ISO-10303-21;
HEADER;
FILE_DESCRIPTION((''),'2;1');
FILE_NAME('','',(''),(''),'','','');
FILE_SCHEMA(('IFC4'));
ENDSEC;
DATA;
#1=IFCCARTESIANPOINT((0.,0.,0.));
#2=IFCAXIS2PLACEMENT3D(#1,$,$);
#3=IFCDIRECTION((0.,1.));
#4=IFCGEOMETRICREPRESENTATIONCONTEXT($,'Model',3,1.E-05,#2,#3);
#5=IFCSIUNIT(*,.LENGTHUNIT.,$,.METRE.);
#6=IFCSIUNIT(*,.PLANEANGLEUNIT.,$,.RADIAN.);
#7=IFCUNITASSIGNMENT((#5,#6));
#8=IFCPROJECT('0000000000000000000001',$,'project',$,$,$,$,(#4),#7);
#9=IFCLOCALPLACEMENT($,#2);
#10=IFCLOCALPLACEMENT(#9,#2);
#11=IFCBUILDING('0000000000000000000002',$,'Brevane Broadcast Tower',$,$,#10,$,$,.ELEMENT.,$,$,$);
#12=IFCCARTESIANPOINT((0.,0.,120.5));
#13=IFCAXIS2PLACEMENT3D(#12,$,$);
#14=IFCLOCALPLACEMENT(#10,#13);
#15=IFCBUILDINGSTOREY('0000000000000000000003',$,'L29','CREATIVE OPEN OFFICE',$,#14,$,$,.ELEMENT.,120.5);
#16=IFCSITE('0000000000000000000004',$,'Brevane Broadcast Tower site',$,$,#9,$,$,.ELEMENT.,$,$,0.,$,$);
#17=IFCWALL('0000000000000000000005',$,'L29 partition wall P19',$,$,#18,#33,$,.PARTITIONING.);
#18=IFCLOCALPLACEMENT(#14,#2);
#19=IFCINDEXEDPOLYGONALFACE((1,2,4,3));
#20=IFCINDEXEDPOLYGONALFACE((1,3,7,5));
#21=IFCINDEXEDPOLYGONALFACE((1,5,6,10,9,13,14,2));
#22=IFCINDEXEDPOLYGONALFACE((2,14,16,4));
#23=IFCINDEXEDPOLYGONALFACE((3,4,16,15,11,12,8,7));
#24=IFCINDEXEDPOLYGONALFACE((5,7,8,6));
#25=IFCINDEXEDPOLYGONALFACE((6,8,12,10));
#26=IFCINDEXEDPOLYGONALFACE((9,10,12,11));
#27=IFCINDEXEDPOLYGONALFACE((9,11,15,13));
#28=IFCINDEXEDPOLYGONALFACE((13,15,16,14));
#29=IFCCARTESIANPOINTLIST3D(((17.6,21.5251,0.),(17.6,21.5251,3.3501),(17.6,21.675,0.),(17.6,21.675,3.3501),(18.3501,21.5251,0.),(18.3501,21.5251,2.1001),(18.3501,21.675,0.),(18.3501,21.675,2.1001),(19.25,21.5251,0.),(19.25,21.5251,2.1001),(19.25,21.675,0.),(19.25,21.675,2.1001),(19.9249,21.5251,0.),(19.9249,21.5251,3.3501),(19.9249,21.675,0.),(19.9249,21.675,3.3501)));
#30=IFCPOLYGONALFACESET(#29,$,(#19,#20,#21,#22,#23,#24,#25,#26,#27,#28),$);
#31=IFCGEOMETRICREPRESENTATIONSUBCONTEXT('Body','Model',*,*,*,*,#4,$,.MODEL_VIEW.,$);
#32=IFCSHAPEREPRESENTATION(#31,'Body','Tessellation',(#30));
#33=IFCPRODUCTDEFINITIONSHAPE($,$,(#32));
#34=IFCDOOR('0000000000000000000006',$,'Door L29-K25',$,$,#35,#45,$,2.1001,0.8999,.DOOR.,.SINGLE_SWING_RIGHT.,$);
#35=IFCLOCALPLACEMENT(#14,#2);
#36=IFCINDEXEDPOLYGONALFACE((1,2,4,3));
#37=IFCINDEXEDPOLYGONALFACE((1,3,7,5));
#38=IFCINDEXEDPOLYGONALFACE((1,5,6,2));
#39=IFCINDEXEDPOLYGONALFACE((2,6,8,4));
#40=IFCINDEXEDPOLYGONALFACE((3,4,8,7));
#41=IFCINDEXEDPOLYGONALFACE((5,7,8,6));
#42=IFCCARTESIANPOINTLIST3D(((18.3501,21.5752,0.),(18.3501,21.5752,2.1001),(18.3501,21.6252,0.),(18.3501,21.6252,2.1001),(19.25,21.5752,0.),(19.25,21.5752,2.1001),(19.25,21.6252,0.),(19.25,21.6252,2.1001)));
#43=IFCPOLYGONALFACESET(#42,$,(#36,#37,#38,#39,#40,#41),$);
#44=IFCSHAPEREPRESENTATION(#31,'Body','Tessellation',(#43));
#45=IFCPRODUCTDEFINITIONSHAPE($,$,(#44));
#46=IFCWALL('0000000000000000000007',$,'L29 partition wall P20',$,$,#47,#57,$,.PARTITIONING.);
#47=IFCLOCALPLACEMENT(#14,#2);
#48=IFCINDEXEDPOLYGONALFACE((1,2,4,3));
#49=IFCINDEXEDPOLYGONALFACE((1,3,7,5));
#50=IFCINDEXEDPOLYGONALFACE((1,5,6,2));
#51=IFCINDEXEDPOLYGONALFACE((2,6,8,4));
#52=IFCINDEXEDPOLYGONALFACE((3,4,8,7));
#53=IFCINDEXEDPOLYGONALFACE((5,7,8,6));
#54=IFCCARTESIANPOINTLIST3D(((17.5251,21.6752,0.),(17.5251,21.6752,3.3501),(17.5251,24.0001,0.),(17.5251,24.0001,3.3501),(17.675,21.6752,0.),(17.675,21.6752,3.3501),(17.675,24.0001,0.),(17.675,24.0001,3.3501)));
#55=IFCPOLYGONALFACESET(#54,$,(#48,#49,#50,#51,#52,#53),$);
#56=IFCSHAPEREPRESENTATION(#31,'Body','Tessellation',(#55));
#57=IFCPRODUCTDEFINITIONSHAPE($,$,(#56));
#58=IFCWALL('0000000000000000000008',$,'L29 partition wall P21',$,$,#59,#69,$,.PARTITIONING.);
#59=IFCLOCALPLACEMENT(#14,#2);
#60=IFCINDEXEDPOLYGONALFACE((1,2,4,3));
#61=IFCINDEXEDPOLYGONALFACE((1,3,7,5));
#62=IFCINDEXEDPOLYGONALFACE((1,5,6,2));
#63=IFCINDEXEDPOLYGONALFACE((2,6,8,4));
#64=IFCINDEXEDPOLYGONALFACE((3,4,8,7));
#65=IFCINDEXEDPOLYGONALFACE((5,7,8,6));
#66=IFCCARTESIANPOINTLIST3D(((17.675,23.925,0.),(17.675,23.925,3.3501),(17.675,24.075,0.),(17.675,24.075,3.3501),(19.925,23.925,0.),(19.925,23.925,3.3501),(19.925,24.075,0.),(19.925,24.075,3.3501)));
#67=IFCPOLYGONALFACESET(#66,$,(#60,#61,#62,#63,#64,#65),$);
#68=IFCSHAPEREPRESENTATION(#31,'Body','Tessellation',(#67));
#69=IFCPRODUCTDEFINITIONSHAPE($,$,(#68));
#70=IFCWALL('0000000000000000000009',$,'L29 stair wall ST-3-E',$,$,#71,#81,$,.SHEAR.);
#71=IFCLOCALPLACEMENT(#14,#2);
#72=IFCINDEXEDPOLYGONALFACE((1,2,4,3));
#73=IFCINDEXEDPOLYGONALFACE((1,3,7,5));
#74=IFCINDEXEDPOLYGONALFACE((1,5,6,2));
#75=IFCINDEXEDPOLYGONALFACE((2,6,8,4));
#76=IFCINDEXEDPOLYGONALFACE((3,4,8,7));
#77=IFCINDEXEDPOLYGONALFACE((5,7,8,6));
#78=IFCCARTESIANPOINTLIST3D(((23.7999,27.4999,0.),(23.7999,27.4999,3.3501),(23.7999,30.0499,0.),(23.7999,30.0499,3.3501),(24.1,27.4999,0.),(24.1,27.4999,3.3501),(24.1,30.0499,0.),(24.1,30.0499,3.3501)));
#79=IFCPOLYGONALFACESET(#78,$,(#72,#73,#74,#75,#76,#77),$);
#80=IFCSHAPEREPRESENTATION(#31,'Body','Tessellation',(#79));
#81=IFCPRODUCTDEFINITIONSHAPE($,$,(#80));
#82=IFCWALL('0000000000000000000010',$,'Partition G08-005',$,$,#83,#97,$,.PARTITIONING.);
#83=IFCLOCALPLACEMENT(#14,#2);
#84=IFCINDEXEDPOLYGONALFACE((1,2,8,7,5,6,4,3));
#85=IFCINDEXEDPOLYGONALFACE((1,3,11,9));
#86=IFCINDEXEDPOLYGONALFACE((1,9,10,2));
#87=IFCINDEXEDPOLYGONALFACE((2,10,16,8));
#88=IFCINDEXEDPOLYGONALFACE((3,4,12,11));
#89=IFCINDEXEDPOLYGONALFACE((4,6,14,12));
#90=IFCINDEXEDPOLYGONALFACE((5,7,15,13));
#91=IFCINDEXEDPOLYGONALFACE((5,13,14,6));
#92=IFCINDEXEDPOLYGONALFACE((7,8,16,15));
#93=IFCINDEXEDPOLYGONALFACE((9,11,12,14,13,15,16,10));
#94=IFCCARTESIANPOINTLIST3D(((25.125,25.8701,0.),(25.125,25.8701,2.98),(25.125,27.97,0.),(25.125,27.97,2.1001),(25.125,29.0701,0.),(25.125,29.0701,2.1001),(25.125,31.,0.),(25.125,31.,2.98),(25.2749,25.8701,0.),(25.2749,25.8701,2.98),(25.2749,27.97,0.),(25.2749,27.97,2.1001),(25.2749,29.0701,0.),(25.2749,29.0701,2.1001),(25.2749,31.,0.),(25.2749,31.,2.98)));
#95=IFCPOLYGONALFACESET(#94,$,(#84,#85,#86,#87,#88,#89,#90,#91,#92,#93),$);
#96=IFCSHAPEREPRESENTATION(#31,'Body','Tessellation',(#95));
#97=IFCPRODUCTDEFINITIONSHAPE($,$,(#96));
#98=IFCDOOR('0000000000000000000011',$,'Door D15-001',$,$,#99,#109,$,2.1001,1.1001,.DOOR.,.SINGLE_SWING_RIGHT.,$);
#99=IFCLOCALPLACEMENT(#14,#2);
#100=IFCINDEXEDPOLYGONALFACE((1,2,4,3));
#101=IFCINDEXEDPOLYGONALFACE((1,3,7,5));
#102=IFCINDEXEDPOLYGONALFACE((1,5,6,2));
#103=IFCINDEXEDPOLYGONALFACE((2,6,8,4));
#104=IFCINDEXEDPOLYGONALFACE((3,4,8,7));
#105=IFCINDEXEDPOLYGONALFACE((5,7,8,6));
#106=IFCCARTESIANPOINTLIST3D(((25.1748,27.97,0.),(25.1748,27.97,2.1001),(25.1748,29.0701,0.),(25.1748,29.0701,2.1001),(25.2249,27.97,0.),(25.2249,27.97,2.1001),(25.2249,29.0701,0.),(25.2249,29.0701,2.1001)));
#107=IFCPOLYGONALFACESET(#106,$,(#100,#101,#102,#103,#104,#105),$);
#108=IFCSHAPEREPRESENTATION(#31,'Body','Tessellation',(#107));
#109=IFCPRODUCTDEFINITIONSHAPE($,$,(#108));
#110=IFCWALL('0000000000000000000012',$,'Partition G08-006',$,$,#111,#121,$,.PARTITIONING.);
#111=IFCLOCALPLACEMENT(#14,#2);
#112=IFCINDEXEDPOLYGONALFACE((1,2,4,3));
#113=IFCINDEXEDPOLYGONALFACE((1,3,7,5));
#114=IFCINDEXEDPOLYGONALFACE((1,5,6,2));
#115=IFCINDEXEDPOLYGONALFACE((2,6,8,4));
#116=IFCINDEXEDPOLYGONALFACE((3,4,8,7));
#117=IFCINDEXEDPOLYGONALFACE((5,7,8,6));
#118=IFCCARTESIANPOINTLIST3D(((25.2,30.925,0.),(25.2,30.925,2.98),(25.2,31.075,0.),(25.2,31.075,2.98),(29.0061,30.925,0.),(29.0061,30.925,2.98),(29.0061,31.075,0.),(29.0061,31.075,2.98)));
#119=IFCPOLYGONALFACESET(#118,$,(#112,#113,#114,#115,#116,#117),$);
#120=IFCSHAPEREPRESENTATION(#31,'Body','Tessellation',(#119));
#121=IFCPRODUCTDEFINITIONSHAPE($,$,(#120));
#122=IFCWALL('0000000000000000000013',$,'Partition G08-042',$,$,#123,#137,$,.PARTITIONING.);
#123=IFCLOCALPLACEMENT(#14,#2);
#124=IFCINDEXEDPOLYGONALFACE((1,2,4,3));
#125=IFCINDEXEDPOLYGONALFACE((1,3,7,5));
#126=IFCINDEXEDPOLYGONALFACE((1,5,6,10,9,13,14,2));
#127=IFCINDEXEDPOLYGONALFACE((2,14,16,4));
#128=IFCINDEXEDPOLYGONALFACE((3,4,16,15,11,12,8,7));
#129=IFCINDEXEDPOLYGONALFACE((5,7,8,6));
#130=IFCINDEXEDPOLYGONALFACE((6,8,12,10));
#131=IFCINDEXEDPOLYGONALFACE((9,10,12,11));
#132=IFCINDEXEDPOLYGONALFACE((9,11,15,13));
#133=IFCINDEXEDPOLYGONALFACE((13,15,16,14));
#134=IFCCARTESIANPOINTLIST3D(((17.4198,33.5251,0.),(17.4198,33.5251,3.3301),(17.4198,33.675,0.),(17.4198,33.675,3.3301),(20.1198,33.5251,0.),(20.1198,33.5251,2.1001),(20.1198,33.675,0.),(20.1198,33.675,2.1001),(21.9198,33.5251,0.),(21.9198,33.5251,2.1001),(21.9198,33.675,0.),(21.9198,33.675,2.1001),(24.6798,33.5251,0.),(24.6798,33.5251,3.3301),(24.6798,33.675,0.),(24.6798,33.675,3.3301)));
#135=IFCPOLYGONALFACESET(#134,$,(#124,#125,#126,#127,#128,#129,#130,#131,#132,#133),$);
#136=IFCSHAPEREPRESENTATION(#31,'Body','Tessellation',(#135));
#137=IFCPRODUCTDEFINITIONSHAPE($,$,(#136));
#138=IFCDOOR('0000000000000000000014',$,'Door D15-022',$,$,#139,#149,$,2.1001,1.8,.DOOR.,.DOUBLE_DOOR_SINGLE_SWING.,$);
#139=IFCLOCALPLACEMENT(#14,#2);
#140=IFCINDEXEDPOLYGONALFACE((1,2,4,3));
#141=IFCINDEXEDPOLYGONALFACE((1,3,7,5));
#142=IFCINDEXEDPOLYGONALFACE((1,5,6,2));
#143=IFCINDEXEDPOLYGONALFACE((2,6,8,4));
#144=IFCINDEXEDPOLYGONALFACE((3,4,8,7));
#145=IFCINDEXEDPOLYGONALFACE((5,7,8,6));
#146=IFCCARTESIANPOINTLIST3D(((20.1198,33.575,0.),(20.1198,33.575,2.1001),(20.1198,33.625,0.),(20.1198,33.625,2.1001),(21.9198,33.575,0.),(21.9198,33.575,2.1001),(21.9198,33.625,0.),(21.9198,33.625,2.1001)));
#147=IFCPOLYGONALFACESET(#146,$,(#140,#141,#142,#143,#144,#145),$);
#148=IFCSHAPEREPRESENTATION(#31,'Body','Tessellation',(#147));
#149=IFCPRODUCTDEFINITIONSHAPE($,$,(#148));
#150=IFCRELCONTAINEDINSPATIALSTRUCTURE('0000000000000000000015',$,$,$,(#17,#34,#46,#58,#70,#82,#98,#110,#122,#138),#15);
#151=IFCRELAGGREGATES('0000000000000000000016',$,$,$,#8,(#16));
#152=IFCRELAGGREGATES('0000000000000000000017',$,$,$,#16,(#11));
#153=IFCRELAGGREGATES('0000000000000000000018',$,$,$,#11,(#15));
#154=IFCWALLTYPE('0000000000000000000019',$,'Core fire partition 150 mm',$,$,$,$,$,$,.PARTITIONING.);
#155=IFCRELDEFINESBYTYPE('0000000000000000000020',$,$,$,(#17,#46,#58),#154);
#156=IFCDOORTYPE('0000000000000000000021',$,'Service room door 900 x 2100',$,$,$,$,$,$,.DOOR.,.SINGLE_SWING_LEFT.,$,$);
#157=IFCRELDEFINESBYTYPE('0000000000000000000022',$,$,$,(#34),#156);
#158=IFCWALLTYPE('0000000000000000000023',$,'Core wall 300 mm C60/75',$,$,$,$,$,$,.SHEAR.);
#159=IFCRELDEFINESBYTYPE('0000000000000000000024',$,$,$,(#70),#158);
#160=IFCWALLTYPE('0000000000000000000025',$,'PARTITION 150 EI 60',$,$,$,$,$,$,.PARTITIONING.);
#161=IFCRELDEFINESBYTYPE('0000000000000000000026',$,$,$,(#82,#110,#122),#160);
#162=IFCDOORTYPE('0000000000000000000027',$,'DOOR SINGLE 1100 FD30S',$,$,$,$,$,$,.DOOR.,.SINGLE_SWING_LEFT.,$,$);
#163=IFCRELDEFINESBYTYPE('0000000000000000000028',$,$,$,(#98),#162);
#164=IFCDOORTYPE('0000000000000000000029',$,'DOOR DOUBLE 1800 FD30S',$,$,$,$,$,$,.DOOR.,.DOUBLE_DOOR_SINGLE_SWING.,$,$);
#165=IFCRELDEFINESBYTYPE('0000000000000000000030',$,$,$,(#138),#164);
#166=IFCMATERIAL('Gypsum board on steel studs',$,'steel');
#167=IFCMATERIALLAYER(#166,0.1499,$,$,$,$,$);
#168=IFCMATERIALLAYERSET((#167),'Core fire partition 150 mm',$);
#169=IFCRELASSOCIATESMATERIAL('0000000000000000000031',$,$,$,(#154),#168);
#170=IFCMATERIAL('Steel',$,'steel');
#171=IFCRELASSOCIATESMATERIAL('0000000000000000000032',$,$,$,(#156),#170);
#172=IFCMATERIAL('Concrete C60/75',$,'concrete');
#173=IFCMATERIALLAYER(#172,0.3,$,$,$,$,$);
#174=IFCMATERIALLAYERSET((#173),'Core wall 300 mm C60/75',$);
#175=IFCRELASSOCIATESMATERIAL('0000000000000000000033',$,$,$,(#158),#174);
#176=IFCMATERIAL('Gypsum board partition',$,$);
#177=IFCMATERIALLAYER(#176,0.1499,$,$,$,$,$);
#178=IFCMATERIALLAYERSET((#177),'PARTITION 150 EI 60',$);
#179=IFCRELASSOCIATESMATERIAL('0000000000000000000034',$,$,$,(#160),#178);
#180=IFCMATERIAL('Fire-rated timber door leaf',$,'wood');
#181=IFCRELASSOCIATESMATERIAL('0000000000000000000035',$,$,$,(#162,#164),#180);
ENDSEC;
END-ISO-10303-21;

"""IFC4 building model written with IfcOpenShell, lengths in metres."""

from ifc_helpers import new_model, si_unit, direction, frame, frame_2d, origin, place, context, subcontext, project, spatial, polyline, rectangle, outline, extrude, material, layer, layer_set, type_object, element, fill, save


model = new_model("IFC4")

# Units and contexts
model_context = context("Model", 3, precision=1e-05, world=origin(), true_north=direction((0.0, 1.0)))
body_context = subcontext(model_context, "Body", "Model", "MODEL_VIEW")
ifc_project = project(units=[si_unit("LENGTHUNIT", "METRE"), si_unit("PLANEANGLEUNIT", "RADIAN")], contexts=[model_context])

# Site, building, storey
site_placement = place(None, origin())
site = spatial("IfcSite", under=ifc_project, at=site_placement, Name="Brevane Broadcast Tower site", CompositionType="ELEMENT", RefElevation=0.0)
building_placement = place(site_placement, origin())
building = spatial("IfcBuilding", under=site, at=building_placement, Name="Brevane Broadcast Tower", CompositionType="ELEMENT")
storey_placement = place(building_placement, frame((0.0, 0.0, 120.5)))
storey = spatial("IfcBuildingStorey", under=building, at=storey_placement, Name="L29", Description="CREATIVE OPEN OFFICE", CompositionType="ELEMENT", Elevation=120.5)

# Shared definitions
ifc_material_1 = material(Name="Concrete C60/75", Category="concrete")

# Shared definitions
ifc_material_2 = material(Name="Gypsum board on steel studs", Category="steel")
ifc_layer_1 = layer(ifc_material_2, 0.1499)
ifc_layer_set_1 = layer_set([ifc_layer_1], Name="Core fire partition 150 mm")
wall_type_1 = type_object("IfcWallType", Name="Core fire partition 150 mm", PredefinedType="PARTITIONING", material=ifc_layer_set_1)

# Wall, opening, door
wall_1_placement = place(storey_placement, frame((19.925, 21.6001, 0.0), z_axis=(0.0, 0.0, 1.0), x_axis=(-1.0, 0.0, 0.0)))
wall_1 = element("IfcWall", 1, at=wall_1_placement, inside=storey, type_object=wall_type_1, Name="L29 partition wall P19", PredefinedType="PARTITIONING", context=body_context, shape_type="SweptSolid", body=[
    extrude(rectangle(XDim=2.325, YDim=0.1499, at=frame_2d((1.1626, 0.0))), origin(), (0.0, 0.0, 1.0), 3.3501),
])
opening_1_placement = place(wall_1_placement, frame((0.675, 0.0, 0.0)))
opening_1 = element("IfcOpeningElement", 2, at=opening_1_placement, cuts=wall_1, PredefinedType="OPENING", context=body_context, shape_type="SweptSolid", body=[
    extrude(rectangle(XDim=0.8999, YDim=2.1001, at=frame_2d((0.45, 1.05))), frame((0.0, 0.085, 0.0), z_axis=(0.0, -1.0, 0.0), x_axis=(1.0, 0.0, 0.0)), (0.0, 0.0, 1.0), 0.1699),
])
ifc_material_3 = material(Name="Steel", Category="steel")
door_type_1 = type_object("IfcDoorType", Name="Service room door 900 x 2100", OperationType="SINGLE_SWING_LEFT", PredefinedType="DOOR", material=ifc_material_3)
door_1_placement = place(opening_1_placement, origin())
door_1 = element("IfcDoor", 3, at=door_1_placement, inside=storey, type_object=door_type_1, Name="Door L29-K25", OperationType="SINGLE_SWING_RIGHT", OverallHeight=2.1001, OverallWidth=0.8999, PredefinedType="DOOR", context=body_context, shape_type="SweptSolid", body=[
    extrude(rectangle(XDim=0.8999, YDim=2.1001, at=frame_2d((0.45, 1.05))), frame((0.0, 0.0249, 0.0), z_axis=(0.0, -1.0, 0.0), x_axis=(1.0, 0.0, 0.0)), (0.0, 0.0, 1.0), 0.05),
])
fill(opening_1, door_1)

# Walls
wall_2_placement = place(storey_placement, frame((17.6001, 21.675, 0.0), z_axis=(0.0, 0.0, 1.0), x_axis=(0.0, 1.0, 0.0)))
element("IfcWall", 4, at=wall_2_placement, inside=storey, type_object=wall_type_1, Name="L29 partition wall P20", PredefinedType="PARTITIONING", context=body_context, shape_type="SweptSolid", body=[
    extrude(rectangle(XDim=2.325, YDim=0.1499, at=frame_2d((1.1626, 0.0))), origin(), (0.0, 0.0, 1.0), 3.3501),
])
wall_3_placement = place(storey_placement, frame((17.675, 24.0, 0.0), z_axis=(0.0, 0.0, 1.0), x_axis=(1.0, 0.0, 0.0)))
element("IfcWall", 5, at=wall_3_placement, inside=storey, type_object=wall_type_1, Name="L29 partition wall P21", PredefinedType="PARTITIONING", context=body_context, shape_type="SweptSolid", body=[
    extrude(rectangle(XDim=2.25, YDim=0.1499, at=frame_2d((1.125, 0.0))), origin(), (0.0, 0.0, 1.0), 3.3501),
])
ifc_layer_2 = layer(ifc_material_1, 0.3)
ifc_layer_set_2 = layer_set([ifc_layer_2], Name="Core wall 300 mm C60/75")
wall_type_2 = type_object("IfcWallType", Name="Core wall 300 mm C60/75", PredefinedType="SHEAR", material=ifc_layer_set_2)
wall_4_placement = place(storey_placement, frame((23.95, 27.5, 0.0), z_axis=(0.0, 0.0, 1.0), x_axis=(0.0, 1.0, 0.0)))
element("IfcWall", 6, at=wall_4_placement, inside=storey, type_object=wall_type_2, Name="L29 stair wall ST-3-E", PredefinedType="SHEAR", context=body_context, shape_type="SweptSolid", body=[
    extrude(rectangle(XDim=2.55, YDim=0.3, at=frame_2d((1.2749, 0.0))), origin(), (0.0, 0.0, 1.0), 3.3501),
])

# Wall, opening, door
ifc_material_4 = material(Name="Gypsum board partition")
ifc_layer_3 = layer(ifc_material_4, 0.1499)
ifc_layer_set_3 = layer_set([ifc_layer_3], Name="PARTITION 150 EI 60")
wall_type_3 = type_object("IfcWallType", Name="PARTITION 150 EI 60", PredefinedType="PARTITIONING", material=ifc_layer_set_3)
wall_5_placement = place(storey_placement, frame((25.2, 31.0, 0.0), z_axis=(0.0, 0.0, 1.0), x_axis=(0.0, -1.0, 0.0)))
wall_5 = element("IfcWall", 7, at=wall_5_placement, inside=storey, type_object=wall_type_3, Name="Partition G08-005", PredefinedType="PARTITIONING", context=body_context, shape_type="SweptSolid", body=[
    extrude(outline(polyline([(0.0, 0.0), (5.1299, 0.0), (5.1299, 2.98), (0.0, 2.98), (0.0, 0.0)])), frame((0.0, 0.075, 0.0), z_axis=(0.0, -1.0, 0.0), x_axis=(1.0, 0.0, 0.0)), (0.0, 0.0, 1.0), 0.1499),
])
opening_2_placement = place(wall_5_placement, frame((1.9299, 0.0, 0.0)))
opening_2 = element("IfcOpeningElement", 8, at=opening_2_placement, cuts=wall_5, PredefinedType="OPENING", context=body_context, shape_type="SweptSolid", body=[
    extrude(rectangle(XDim=1.1001, YDim=2.1001, at=frame_2d((0.55, 1.05))), frame((0.0, 0.085, 0.0), z_axis=(0.0, -1.0, 0.0), x_axis=(1.0, 0.0, 0.0)), (0.0, 0.0, 1.0), 0.1699),
])
ifc_material_5 = material(Name="Fire-rated timber door leaf", Category="wood")
door_type_2 = type_object("IfcDoorType", Name="DOOR SINGLE 1100 FD30S", OperationType="SINGLE_SWING_LEFT", PredefinedType="DOOR", material=ifc_material_5)
door_2_placement = place(opening_2_placement, origin())
door_2 = element("IfcDoor", 9, at=door_2_placement, inside=storey, type_object=door_type_2, Name="Door D15-001", OperationType="SINGLE_SWING_RIGHT", OverallHeight=2.1001, OverallWidth=1.1001, PredefinedType="DOOR", context=body_context, shape_type="SweptSolid", body=[
    extrude(rectangle(XDim=1.1001, YDim=2.1001, at=frame_2d((0.55, 1.05))), frame((0.0, 0.0249, 0.0), z_axis=(0.0, -1.0, 0.0), x_axis=(1.0, 0.0, 0.0)), (0.0, 0.0, 1.0), 0.05),
])
fill(opening_2, door_2)

# Wall
wall_6_placement = place(storey_placement, frame((25.2, 31.0, 0.0), z_axis=(0.0, 0.0, 1.0), x_axis=(1.0, 0.0, 0.0)))
element("IfcWall", 10, at=wall_6_placement, inside=storey, type_object=wall_type_3, Name="Partition G08-006", PredefinedType="PARTITIONING", context=body_context, shape_type="SweptSolid", body=[
    extrude(rectangle(XDim=3.8062, YDim=0.1499, at=frame_2d((1.9031, 0.0))), origin(), (0.0, 0.0, 1.0), 2.98),
])

# Wall, opening, door
wall_7_placement = place(storey_placement, frame((17.4199, 33.6001, 0.0), z_axis=(0.0, 0.0, 1.0), x_axis=(1.0, 0.0, 0.0)))
wall_7 = element("IfcWall", 11, at=wall_7_placement, inside=storey, type_object=wall_type_3, Name="Partition G08-042", PredefinedType="PARTITIONING", context=body_context, shape_type="SweptSolid", body=[
    extrude(rectangle(XDim=7.26, YDim=0.1499, at=frame_2d((3.6299, 0.0))), origin(), (0.0, 0.0, 1.0), 3.3301),
])
opening_3_placement = place(wall_7_placement, frame((2.7, 0.0, 0.0)))
opening_3 = element("IfcOpeningElement", 12, at=opening_3_placement, cuts=wall_7, PredefinedType="OPENING", context=body_context, shape_type="SweptSolid", body=[
    extrude(rectangle(XDim=1.8, YDim=2.1001, at=frame_2d((0.8999, 1.05))), frame((0.0, 0.085, 0.0), z_axis=(0.0, -1.0, 0.0), x_axis=(1.0, 0.0, 0.0)), (0.0, 0.0, 1.0), 0.1699),
])
door_type_3 = type_object("IfcDoorType", Name="DOOR DOUBLE 1800 FD30S", OperationType="DOUBLE_DOOR_SINGLE_SWING", PredefinedType="DOOR", material=ifc_material_5)
door_3_placement = place(opening_3_placement, origin())
door_3 = element("IfcDoor", 13, at=door_3_placement, inside=storey, type_object=door_type_3, Name="Door D15-022", OperationType="DOUBLE_DOOR_SINGLE_SWING", OverallHeight=2.1001, OverallWidth=1.8, PredefinedType="DOOR", context=body_context, shape_type="SweptSolid", body=[
    extrude(rectangle(XDim=1.8, YDim=2.1001, at=frame_2d((0.8999, 1.05))), frame((0.0, 0.0249, 0.0), z_axis=(0.0, -1.0, 0.0), x_axis=(1.0, 0.0, 0.0)), (0.0, 0.0, 1.0), 0.05),
])
fill(opening_3, door_3)

save(model, "model.ifc")
